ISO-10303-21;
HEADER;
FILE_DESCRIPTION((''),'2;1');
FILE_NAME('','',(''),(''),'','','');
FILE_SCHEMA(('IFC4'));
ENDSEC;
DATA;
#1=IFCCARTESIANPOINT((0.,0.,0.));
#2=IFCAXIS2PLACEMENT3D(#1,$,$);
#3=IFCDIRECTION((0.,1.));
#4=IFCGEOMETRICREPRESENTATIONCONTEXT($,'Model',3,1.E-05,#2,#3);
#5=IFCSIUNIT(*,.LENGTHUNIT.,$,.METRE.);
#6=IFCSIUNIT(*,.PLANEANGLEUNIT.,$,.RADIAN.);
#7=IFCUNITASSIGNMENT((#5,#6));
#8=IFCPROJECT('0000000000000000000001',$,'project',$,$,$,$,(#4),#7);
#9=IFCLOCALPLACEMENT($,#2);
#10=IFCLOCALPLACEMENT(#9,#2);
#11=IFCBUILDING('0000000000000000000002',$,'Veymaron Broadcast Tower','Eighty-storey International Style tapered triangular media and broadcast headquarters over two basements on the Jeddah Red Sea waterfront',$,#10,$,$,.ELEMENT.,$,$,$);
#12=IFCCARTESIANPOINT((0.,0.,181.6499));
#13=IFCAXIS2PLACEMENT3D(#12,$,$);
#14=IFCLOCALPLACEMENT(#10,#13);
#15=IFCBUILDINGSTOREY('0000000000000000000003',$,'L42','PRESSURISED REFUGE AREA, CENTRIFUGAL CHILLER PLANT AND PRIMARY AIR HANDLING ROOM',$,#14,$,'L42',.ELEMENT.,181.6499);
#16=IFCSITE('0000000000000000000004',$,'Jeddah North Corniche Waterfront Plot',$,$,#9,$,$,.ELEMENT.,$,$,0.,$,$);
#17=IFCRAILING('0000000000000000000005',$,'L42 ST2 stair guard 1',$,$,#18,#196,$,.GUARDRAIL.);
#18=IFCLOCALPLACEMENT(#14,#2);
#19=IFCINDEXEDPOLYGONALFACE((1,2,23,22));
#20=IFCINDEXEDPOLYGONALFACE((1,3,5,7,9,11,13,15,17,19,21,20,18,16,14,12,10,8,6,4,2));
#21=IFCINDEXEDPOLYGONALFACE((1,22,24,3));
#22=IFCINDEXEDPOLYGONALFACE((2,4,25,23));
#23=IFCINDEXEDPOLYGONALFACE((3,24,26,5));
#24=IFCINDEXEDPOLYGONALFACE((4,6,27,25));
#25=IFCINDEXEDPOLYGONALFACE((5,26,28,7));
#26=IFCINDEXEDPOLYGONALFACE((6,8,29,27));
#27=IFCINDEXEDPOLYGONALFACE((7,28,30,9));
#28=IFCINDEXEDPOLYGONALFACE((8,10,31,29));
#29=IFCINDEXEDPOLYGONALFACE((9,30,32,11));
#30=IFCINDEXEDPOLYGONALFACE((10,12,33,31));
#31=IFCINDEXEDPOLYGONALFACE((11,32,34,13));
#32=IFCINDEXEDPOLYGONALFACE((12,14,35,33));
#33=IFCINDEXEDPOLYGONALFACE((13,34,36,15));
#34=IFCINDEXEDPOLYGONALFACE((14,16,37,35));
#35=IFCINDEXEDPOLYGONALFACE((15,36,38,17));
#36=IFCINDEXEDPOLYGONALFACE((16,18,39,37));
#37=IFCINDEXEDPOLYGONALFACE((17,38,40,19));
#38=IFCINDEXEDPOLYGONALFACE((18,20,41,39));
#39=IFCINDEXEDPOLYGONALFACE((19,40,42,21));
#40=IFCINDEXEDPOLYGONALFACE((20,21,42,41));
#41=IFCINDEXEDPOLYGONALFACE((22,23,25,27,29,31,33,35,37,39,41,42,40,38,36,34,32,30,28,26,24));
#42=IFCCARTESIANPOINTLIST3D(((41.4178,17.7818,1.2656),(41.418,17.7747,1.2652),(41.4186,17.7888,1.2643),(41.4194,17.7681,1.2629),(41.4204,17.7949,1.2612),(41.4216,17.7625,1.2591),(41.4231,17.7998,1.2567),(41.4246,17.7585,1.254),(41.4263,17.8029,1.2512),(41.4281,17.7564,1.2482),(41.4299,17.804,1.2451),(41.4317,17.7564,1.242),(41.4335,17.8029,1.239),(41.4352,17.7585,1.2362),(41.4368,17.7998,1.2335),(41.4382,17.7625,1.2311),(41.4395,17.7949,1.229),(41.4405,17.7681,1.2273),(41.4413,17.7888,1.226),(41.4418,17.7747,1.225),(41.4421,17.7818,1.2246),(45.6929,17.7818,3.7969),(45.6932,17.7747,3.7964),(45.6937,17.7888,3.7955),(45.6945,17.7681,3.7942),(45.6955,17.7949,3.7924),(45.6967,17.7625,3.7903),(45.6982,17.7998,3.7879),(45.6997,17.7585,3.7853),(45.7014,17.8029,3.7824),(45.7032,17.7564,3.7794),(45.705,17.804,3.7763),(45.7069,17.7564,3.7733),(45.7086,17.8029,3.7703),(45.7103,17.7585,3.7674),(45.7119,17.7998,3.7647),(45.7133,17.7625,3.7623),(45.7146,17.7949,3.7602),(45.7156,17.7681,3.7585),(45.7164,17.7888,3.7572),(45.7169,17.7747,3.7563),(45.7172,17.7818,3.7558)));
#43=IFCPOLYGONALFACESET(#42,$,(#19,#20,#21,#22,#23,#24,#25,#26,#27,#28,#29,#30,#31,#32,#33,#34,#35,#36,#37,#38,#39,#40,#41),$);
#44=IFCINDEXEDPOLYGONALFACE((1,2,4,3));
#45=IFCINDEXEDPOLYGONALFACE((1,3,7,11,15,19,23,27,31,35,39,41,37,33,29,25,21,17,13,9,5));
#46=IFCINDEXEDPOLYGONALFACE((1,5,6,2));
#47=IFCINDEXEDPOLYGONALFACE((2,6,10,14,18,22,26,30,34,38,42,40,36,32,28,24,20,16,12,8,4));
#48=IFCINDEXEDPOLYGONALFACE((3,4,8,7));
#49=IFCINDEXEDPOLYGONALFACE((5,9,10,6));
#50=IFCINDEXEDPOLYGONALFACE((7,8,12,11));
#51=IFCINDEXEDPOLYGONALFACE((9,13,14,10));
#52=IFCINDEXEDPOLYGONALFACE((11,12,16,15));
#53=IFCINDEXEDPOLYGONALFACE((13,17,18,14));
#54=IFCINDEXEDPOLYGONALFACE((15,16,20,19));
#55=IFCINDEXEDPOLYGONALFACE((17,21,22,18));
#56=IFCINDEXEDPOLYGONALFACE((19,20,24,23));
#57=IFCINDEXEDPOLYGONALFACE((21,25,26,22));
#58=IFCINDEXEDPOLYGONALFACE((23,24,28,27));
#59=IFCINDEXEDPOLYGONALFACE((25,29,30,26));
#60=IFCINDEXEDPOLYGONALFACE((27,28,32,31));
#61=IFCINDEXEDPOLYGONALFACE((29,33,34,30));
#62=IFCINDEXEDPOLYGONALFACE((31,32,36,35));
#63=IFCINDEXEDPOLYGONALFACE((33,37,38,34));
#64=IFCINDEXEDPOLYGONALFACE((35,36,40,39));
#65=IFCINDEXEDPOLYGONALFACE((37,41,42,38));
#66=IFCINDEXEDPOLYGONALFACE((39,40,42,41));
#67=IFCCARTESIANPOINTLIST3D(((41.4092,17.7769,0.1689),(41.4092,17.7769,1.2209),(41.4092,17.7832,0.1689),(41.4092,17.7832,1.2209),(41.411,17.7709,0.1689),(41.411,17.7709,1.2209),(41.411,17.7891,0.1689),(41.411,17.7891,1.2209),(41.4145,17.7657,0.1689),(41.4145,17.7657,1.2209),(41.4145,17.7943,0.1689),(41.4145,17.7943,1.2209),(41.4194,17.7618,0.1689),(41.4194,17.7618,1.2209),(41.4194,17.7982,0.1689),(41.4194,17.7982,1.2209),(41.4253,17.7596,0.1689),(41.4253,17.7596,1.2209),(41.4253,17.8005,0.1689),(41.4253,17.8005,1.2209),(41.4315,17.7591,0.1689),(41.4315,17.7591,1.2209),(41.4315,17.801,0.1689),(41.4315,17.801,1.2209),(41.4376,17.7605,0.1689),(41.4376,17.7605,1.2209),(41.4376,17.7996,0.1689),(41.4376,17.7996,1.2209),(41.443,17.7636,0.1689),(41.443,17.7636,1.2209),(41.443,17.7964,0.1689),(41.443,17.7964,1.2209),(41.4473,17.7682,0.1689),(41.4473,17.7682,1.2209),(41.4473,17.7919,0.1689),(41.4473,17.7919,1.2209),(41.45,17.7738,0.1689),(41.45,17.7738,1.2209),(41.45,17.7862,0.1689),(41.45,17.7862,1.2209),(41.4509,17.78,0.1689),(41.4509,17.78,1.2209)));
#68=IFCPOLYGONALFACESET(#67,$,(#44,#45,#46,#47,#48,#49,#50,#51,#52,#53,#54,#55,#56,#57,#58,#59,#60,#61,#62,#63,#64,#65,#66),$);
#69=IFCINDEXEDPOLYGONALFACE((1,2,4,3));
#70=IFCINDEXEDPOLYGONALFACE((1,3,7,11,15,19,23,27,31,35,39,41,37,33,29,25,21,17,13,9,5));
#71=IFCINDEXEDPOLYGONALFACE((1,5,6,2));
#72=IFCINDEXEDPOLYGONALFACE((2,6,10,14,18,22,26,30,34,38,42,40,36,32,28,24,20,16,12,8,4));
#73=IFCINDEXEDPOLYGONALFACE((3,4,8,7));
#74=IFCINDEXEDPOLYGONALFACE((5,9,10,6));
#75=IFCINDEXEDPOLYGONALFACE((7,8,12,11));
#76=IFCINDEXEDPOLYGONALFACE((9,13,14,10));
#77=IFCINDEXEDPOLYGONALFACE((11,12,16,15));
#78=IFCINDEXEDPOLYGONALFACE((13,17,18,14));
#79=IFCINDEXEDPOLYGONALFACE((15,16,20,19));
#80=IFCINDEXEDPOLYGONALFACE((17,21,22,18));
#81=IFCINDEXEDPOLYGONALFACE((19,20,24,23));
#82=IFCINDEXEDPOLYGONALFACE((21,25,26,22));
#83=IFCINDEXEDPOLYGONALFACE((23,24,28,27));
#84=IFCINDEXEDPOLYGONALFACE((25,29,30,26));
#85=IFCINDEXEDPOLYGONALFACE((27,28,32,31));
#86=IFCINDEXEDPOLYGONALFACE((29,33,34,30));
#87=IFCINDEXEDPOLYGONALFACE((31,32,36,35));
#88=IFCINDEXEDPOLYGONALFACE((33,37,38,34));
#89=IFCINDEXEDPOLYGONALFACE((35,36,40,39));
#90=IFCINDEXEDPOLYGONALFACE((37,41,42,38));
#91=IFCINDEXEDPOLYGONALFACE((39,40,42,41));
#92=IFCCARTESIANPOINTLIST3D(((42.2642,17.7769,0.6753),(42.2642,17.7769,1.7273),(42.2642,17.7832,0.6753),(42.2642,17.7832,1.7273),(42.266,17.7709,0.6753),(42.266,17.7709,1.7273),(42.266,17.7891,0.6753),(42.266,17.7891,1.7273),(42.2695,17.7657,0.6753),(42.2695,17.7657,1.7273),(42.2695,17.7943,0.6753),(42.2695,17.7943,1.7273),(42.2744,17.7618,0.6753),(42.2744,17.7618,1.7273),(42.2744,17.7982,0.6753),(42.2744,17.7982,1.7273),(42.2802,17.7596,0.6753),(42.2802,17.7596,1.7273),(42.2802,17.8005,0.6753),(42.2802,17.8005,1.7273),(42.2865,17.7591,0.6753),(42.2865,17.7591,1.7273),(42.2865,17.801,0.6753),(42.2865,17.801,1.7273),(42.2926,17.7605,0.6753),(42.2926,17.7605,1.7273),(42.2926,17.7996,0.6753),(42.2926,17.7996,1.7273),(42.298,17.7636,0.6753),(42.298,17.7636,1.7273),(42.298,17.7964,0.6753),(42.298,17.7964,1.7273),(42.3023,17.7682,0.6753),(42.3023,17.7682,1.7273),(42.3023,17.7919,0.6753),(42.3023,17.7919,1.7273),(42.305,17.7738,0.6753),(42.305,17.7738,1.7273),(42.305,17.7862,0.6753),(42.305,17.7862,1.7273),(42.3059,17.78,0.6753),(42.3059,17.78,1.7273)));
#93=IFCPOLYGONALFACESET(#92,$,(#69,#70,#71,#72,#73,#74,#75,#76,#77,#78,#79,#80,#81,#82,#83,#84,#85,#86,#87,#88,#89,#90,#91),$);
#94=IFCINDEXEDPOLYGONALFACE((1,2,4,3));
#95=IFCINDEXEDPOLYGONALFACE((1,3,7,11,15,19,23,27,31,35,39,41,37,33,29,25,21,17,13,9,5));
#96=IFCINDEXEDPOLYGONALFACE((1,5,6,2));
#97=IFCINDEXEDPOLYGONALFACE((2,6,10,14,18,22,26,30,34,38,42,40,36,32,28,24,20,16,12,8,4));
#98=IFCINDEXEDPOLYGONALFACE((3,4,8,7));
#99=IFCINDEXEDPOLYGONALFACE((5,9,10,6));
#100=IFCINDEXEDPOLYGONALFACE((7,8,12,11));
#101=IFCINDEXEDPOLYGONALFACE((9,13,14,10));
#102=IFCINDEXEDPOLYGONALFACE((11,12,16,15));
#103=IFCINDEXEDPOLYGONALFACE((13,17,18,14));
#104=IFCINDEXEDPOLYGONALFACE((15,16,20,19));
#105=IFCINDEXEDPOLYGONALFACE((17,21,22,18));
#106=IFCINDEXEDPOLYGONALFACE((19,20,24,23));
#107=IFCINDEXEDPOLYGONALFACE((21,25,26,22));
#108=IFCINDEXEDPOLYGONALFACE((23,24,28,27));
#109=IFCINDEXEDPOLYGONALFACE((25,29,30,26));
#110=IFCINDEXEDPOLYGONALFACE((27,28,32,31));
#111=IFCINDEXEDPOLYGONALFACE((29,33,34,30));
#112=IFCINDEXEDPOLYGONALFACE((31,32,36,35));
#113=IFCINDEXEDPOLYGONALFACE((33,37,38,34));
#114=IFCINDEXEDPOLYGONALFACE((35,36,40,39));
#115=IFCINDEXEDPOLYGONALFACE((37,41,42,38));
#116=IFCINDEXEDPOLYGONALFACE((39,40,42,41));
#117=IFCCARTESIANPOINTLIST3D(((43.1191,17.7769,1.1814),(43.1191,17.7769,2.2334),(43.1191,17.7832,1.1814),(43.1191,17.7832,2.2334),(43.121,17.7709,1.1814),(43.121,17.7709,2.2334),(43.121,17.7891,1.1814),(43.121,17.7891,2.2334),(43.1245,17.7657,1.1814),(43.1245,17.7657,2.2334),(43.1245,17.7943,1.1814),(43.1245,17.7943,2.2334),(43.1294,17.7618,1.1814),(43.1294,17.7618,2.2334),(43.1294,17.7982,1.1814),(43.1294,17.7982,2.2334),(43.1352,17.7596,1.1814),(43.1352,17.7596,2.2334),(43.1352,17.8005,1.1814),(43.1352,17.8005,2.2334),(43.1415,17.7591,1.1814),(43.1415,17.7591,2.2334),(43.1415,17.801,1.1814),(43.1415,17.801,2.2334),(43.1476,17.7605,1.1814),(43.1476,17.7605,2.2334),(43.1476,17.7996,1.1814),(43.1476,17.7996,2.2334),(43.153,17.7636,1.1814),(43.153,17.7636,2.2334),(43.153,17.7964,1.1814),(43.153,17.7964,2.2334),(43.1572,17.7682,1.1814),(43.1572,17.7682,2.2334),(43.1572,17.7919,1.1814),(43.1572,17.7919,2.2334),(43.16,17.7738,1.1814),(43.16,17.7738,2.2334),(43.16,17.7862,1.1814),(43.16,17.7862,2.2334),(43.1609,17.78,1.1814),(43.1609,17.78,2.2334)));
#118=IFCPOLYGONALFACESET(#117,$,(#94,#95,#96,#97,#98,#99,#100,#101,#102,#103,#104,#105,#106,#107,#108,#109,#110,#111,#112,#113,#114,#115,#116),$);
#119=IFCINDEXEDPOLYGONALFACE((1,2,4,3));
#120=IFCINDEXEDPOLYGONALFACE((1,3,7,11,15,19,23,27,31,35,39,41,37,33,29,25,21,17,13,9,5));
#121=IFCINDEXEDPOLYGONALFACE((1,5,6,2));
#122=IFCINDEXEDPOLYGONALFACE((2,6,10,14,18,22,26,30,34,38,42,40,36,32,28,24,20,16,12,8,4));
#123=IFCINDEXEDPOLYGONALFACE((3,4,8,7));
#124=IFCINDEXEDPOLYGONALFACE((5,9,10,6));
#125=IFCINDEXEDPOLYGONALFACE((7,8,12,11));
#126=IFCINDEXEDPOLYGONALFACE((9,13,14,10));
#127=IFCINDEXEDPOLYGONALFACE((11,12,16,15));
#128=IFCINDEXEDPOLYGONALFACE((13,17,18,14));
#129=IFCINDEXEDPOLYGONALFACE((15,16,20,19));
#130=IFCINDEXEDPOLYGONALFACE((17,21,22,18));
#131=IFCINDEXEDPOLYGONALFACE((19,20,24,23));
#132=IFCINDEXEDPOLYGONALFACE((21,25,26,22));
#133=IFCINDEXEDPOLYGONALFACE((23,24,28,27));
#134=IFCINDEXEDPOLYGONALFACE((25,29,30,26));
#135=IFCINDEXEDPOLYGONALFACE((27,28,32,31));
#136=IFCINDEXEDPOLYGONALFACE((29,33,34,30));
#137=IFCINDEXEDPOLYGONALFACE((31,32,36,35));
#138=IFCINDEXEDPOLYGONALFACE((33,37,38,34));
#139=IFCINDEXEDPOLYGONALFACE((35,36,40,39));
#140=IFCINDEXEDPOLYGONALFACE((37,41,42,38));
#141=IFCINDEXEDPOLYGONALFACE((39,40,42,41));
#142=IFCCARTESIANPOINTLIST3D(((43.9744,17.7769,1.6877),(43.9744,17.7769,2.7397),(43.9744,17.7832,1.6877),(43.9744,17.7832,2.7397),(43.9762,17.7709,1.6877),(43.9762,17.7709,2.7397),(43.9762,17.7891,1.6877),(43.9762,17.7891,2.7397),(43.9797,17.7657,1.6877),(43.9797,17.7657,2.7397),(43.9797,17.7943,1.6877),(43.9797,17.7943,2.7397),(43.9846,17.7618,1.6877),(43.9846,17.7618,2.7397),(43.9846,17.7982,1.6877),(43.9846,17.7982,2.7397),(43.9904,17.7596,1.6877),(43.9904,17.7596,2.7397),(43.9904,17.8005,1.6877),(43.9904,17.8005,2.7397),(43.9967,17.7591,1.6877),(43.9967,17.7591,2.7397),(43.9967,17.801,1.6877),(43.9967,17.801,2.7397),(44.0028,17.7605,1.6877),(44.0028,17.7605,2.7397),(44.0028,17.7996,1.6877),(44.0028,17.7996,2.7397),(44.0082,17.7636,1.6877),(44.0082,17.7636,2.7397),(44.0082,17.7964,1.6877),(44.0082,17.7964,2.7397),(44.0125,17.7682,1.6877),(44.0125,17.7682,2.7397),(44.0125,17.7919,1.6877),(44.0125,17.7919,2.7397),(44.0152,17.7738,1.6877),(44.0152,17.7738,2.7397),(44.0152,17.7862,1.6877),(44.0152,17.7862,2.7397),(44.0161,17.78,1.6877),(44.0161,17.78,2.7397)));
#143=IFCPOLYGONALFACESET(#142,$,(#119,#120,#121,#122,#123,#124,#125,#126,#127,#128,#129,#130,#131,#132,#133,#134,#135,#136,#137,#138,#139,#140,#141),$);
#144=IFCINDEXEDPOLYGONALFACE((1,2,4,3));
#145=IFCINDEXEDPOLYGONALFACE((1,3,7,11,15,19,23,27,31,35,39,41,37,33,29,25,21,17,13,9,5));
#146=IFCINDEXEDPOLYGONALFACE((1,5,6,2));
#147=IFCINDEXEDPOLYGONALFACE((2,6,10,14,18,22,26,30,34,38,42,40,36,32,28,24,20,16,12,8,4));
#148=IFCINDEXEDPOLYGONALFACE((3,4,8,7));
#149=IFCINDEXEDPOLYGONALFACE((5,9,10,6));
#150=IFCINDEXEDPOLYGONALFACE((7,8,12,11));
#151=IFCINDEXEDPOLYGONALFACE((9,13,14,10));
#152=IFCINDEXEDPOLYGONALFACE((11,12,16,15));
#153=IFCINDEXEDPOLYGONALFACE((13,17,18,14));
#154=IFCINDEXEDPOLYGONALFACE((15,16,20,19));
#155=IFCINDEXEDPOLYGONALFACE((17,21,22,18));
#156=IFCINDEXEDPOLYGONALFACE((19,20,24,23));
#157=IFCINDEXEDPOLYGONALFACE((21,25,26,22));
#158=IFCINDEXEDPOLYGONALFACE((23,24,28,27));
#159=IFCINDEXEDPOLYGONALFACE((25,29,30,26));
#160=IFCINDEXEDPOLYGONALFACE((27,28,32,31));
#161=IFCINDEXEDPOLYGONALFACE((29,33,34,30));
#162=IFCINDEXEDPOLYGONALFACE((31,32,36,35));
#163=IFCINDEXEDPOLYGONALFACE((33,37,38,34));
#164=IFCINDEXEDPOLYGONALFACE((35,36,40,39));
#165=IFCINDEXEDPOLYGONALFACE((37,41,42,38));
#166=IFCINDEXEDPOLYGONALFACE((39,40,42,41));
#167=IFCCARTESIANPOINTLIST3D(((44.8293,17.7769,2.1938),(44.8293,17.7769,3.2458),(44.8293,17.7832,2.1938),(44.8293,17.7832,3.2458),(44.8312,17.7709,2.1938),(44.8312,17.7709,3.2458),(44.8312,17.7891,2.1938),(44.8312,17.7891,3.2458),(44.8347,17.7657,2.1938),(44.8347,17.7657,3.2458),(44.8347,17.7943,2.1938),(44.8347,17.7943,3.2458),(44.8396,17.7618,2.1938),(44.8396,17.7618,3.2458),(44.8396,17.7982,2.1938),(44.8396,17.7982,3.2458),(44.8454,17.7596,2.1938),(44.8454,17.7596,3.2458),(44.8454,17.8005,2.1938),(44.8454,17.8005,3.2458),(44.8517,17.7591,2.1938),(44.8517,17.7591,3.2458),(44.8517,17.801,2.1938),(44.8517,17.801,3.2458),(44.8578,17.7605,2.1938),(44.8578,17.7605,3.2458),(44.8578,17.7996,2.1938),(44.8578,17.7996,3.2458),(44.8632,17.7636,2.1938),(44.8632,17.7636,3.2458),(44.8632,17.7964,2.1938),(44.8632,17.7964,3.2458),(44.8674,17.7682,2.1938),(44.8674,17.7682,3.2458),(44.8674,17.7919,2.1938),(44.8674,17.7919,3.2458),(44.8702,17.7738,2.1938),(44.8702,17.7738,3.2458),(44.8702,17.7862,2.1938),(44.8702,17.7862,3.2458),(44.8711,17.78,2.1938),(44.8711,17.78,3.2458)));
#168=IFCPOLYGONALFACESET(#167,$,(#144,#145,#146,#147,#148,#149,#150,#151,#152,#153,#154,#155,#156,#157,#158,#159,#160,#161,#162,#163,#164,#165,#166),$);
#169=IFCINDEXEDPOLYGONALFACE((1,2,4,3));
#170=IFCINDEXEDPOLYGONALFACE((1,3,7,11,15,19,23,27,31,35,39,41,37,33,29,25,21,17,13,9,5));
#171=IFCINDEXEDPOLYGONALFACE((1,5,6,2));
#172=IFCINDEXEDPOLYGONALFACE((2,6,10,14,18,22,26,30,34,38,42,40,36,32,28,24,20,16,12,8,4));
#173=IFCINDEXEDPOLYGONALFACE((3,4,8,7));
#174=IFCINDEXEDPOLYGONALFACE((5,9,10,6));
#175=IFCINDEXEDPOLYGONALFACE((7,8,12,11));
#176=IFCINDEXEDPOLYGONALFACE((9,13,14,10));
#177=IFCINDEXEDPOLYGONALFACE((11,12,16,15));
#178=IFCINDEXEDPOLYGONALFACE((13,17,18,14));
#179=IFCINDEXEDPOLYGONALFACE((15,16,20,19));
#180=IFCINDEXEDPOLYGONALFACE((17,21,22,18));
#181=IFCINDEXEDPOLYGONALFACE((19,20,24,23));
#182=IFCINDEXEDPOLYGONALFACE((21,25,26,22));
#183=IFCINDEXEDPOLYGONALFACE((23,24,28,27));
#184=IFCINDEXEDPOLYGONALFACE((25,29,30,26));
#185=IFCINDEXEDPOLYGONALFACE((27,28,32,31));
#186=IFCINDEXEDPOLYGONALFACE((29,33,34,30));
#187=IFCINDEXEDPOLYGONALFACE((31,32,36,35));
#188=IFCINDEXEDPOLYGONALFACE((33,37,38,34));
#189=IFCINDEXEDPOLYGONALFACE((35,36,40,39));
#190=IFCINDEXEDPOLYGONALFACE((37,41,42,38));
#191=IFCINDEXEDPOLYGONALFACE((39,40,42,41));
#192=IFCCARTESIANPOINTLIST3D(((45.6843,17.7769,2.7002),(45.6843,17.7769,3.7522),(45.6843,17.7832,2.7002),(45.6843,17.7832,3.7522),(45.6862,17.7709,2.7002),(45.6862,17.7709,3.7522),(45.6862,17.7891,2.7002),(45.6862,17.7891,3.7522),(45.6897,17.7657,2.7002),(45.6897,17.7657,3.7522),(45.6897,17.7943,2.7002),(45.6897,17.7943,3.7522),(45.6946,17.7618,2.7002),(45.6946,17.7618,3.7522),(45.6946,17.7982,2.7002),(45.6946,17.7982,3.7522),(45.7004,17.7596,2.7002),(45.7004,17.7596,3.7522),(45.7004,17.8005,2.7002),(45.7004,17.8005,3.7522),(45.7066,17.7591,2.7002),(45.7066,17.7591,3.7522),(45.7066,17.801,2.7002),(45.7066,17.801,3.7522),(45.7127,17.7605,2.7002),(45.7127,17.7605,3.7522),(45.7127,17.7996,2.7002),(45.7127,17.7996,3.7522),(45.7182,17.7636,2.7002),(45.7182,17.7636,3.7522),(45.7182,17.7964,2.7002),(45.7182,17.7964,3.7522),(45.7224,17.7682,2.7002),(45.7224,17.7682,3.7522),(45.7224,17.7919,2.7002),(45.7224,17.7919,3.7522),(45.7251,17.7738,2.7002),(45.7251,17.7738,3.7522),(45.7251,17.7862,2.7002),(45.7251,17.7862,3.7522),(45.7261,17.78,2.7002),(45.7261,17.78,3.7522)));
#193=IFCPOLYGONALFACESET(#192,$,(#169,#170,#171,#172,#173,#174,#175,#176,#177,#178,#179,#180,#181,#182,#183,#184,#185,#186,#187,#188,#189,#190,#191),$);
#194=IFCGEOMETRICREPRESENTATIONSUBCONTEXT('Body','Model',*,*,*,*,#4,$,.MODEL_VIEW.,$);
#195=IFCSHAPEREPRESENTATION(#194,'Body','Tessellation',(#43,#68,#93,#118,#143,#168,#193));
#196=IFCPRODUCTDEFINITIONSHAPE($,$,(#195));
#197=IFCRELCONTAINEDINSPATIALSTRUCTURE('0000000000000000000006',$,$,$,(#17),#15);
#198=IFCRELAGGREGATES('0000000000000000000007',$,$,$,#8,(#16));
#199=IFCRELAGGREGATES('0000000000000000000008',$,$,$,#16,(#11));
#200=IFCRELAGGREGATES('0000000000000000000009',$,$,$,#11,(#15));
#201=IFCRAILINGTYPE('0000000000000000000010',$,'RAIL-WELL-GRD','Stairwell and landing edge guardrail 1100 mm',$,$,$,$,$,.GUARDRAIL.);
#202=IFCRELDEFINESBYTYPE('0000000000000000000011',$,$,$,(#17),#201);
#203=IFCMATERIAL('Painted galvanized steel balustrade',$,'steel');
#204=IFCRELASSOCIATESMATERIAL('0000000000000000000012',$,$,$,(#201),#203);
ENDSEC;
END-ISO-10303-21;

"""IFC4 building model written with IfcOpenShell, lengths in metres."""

from ifc_helpers import new_model, si_unit, direction, frame, origin, origin_2d, place, context, subcontext, project, spatial, circle, extrude, material, type_object, element, save


model = new_model("IFC4")

# Units and contexts
model_context = context("Model", 3, precision=1e-05, world=origin(), true_north=direction((0.0, 1.0)))
body_context = subcontext(model_context, "Body", "Model", "MODEL_VIEW")
ifc_project = project(units=[si_unit("LENGTHUNIT", "METRE"), si_unit("PLANEANGLEUNIT", "RADIAN")], contexts=[model_context])

# Site, building, storey
site_placement = place(None, origin())
site = spatial("IfcSite", under=ifc_project, at=site_placement, Name="Jeddah North Corniche Waterfront Plot", CompositionType="ELEMENT", RefElevation=0.0)
building_placement = place(site_placement, origin())
building = spatial("IfcBuilding", under=site, at=building_placement, Name="Veymaron Broadcast Tower", Description="Eighty-storey International Style tapered triangular media and broadcast headquarters over two basements on the Jeddah Red Sea waterfront", CompositionType="ELEMENT")
storey_placement = place(building_placement, frame((0.0, 0.0, 181.6499)))
storey = spatial("IfcBuildingStorey", under=building, at=storey_placement, Name="L42", Description="PRESSURISED REFUGE AREA, CENTRIFUGAL CHILLER PLANT AND PRIMARY AIR HANDLING ROOM", LongName="L42", CompositionType="ELEMENT", Elevation=181.6499)

# Railing
ifc_material_1 = material(Name="Painted galvanized steel balustrade", Category="steel")
railing_type_1 = type_object("IfcRailingType", Name="RAIL-WELL-GRD", Description="Stairwell and landing edge guardrail 1100 mm", PredefinedType="GUARDRAIL", material=ifc_material_1)
railing_1_placement = place(storey_placement, frame((41.4299, 17.78, 0.1689)))
element("IfcRailing", 1, at=railing_1_placement, inside=storey, type_object=railing_type_1, Name="L42 ST2 stair guard 1", PredefinedType="GUARDRAIL", context=body_context, shape_type="SweptSolid", body=[
    extrude(circle(Radius=0.0239, at=origin_2d()), frame((0.0, 0.0, 1.0762), z_axis=(0.860483, 0.0, 0.509479), x_axis=(0.0, 1.0, 0.0)), (0.0, 0.0, 1.0), 4.9683),
    extrude(circle(Radius=0.021, at=origin_2d()), origin(), (0.0, 0.0, 1.0), 1.052),
    extrude(circle(Radius=0.021, at=origin_2d()), frame((0.855, 0.0, 0.5063)), (0.0, 0.0, 1.0), 1.052),
    extrude(circle(Radius=0.021, at=origin_2d()), frame((1.71, 0.0, 1.0125)), (0.0, 0.0, 1.0), 1.052),
    extrude(circle(Radius=0.021, at=origin_2d()), frame((2.5652, 0.0, 1.5188)), (0.0, 0.0, 1.0), 1.052),
    extrude(circle(Radius=0.021, at=origin_2d()), frame((3.4202, 0.0, 2.0249)), (0.0, 0.0, 1.0), 1.052),
    extrude(circle(Radius=0.021, at=origin_2d()), frame((4.2751, 0.0, 2.5312)), (0.0, 0.0, 1.0), 1.052),
])

save(model, "model.ifc")
